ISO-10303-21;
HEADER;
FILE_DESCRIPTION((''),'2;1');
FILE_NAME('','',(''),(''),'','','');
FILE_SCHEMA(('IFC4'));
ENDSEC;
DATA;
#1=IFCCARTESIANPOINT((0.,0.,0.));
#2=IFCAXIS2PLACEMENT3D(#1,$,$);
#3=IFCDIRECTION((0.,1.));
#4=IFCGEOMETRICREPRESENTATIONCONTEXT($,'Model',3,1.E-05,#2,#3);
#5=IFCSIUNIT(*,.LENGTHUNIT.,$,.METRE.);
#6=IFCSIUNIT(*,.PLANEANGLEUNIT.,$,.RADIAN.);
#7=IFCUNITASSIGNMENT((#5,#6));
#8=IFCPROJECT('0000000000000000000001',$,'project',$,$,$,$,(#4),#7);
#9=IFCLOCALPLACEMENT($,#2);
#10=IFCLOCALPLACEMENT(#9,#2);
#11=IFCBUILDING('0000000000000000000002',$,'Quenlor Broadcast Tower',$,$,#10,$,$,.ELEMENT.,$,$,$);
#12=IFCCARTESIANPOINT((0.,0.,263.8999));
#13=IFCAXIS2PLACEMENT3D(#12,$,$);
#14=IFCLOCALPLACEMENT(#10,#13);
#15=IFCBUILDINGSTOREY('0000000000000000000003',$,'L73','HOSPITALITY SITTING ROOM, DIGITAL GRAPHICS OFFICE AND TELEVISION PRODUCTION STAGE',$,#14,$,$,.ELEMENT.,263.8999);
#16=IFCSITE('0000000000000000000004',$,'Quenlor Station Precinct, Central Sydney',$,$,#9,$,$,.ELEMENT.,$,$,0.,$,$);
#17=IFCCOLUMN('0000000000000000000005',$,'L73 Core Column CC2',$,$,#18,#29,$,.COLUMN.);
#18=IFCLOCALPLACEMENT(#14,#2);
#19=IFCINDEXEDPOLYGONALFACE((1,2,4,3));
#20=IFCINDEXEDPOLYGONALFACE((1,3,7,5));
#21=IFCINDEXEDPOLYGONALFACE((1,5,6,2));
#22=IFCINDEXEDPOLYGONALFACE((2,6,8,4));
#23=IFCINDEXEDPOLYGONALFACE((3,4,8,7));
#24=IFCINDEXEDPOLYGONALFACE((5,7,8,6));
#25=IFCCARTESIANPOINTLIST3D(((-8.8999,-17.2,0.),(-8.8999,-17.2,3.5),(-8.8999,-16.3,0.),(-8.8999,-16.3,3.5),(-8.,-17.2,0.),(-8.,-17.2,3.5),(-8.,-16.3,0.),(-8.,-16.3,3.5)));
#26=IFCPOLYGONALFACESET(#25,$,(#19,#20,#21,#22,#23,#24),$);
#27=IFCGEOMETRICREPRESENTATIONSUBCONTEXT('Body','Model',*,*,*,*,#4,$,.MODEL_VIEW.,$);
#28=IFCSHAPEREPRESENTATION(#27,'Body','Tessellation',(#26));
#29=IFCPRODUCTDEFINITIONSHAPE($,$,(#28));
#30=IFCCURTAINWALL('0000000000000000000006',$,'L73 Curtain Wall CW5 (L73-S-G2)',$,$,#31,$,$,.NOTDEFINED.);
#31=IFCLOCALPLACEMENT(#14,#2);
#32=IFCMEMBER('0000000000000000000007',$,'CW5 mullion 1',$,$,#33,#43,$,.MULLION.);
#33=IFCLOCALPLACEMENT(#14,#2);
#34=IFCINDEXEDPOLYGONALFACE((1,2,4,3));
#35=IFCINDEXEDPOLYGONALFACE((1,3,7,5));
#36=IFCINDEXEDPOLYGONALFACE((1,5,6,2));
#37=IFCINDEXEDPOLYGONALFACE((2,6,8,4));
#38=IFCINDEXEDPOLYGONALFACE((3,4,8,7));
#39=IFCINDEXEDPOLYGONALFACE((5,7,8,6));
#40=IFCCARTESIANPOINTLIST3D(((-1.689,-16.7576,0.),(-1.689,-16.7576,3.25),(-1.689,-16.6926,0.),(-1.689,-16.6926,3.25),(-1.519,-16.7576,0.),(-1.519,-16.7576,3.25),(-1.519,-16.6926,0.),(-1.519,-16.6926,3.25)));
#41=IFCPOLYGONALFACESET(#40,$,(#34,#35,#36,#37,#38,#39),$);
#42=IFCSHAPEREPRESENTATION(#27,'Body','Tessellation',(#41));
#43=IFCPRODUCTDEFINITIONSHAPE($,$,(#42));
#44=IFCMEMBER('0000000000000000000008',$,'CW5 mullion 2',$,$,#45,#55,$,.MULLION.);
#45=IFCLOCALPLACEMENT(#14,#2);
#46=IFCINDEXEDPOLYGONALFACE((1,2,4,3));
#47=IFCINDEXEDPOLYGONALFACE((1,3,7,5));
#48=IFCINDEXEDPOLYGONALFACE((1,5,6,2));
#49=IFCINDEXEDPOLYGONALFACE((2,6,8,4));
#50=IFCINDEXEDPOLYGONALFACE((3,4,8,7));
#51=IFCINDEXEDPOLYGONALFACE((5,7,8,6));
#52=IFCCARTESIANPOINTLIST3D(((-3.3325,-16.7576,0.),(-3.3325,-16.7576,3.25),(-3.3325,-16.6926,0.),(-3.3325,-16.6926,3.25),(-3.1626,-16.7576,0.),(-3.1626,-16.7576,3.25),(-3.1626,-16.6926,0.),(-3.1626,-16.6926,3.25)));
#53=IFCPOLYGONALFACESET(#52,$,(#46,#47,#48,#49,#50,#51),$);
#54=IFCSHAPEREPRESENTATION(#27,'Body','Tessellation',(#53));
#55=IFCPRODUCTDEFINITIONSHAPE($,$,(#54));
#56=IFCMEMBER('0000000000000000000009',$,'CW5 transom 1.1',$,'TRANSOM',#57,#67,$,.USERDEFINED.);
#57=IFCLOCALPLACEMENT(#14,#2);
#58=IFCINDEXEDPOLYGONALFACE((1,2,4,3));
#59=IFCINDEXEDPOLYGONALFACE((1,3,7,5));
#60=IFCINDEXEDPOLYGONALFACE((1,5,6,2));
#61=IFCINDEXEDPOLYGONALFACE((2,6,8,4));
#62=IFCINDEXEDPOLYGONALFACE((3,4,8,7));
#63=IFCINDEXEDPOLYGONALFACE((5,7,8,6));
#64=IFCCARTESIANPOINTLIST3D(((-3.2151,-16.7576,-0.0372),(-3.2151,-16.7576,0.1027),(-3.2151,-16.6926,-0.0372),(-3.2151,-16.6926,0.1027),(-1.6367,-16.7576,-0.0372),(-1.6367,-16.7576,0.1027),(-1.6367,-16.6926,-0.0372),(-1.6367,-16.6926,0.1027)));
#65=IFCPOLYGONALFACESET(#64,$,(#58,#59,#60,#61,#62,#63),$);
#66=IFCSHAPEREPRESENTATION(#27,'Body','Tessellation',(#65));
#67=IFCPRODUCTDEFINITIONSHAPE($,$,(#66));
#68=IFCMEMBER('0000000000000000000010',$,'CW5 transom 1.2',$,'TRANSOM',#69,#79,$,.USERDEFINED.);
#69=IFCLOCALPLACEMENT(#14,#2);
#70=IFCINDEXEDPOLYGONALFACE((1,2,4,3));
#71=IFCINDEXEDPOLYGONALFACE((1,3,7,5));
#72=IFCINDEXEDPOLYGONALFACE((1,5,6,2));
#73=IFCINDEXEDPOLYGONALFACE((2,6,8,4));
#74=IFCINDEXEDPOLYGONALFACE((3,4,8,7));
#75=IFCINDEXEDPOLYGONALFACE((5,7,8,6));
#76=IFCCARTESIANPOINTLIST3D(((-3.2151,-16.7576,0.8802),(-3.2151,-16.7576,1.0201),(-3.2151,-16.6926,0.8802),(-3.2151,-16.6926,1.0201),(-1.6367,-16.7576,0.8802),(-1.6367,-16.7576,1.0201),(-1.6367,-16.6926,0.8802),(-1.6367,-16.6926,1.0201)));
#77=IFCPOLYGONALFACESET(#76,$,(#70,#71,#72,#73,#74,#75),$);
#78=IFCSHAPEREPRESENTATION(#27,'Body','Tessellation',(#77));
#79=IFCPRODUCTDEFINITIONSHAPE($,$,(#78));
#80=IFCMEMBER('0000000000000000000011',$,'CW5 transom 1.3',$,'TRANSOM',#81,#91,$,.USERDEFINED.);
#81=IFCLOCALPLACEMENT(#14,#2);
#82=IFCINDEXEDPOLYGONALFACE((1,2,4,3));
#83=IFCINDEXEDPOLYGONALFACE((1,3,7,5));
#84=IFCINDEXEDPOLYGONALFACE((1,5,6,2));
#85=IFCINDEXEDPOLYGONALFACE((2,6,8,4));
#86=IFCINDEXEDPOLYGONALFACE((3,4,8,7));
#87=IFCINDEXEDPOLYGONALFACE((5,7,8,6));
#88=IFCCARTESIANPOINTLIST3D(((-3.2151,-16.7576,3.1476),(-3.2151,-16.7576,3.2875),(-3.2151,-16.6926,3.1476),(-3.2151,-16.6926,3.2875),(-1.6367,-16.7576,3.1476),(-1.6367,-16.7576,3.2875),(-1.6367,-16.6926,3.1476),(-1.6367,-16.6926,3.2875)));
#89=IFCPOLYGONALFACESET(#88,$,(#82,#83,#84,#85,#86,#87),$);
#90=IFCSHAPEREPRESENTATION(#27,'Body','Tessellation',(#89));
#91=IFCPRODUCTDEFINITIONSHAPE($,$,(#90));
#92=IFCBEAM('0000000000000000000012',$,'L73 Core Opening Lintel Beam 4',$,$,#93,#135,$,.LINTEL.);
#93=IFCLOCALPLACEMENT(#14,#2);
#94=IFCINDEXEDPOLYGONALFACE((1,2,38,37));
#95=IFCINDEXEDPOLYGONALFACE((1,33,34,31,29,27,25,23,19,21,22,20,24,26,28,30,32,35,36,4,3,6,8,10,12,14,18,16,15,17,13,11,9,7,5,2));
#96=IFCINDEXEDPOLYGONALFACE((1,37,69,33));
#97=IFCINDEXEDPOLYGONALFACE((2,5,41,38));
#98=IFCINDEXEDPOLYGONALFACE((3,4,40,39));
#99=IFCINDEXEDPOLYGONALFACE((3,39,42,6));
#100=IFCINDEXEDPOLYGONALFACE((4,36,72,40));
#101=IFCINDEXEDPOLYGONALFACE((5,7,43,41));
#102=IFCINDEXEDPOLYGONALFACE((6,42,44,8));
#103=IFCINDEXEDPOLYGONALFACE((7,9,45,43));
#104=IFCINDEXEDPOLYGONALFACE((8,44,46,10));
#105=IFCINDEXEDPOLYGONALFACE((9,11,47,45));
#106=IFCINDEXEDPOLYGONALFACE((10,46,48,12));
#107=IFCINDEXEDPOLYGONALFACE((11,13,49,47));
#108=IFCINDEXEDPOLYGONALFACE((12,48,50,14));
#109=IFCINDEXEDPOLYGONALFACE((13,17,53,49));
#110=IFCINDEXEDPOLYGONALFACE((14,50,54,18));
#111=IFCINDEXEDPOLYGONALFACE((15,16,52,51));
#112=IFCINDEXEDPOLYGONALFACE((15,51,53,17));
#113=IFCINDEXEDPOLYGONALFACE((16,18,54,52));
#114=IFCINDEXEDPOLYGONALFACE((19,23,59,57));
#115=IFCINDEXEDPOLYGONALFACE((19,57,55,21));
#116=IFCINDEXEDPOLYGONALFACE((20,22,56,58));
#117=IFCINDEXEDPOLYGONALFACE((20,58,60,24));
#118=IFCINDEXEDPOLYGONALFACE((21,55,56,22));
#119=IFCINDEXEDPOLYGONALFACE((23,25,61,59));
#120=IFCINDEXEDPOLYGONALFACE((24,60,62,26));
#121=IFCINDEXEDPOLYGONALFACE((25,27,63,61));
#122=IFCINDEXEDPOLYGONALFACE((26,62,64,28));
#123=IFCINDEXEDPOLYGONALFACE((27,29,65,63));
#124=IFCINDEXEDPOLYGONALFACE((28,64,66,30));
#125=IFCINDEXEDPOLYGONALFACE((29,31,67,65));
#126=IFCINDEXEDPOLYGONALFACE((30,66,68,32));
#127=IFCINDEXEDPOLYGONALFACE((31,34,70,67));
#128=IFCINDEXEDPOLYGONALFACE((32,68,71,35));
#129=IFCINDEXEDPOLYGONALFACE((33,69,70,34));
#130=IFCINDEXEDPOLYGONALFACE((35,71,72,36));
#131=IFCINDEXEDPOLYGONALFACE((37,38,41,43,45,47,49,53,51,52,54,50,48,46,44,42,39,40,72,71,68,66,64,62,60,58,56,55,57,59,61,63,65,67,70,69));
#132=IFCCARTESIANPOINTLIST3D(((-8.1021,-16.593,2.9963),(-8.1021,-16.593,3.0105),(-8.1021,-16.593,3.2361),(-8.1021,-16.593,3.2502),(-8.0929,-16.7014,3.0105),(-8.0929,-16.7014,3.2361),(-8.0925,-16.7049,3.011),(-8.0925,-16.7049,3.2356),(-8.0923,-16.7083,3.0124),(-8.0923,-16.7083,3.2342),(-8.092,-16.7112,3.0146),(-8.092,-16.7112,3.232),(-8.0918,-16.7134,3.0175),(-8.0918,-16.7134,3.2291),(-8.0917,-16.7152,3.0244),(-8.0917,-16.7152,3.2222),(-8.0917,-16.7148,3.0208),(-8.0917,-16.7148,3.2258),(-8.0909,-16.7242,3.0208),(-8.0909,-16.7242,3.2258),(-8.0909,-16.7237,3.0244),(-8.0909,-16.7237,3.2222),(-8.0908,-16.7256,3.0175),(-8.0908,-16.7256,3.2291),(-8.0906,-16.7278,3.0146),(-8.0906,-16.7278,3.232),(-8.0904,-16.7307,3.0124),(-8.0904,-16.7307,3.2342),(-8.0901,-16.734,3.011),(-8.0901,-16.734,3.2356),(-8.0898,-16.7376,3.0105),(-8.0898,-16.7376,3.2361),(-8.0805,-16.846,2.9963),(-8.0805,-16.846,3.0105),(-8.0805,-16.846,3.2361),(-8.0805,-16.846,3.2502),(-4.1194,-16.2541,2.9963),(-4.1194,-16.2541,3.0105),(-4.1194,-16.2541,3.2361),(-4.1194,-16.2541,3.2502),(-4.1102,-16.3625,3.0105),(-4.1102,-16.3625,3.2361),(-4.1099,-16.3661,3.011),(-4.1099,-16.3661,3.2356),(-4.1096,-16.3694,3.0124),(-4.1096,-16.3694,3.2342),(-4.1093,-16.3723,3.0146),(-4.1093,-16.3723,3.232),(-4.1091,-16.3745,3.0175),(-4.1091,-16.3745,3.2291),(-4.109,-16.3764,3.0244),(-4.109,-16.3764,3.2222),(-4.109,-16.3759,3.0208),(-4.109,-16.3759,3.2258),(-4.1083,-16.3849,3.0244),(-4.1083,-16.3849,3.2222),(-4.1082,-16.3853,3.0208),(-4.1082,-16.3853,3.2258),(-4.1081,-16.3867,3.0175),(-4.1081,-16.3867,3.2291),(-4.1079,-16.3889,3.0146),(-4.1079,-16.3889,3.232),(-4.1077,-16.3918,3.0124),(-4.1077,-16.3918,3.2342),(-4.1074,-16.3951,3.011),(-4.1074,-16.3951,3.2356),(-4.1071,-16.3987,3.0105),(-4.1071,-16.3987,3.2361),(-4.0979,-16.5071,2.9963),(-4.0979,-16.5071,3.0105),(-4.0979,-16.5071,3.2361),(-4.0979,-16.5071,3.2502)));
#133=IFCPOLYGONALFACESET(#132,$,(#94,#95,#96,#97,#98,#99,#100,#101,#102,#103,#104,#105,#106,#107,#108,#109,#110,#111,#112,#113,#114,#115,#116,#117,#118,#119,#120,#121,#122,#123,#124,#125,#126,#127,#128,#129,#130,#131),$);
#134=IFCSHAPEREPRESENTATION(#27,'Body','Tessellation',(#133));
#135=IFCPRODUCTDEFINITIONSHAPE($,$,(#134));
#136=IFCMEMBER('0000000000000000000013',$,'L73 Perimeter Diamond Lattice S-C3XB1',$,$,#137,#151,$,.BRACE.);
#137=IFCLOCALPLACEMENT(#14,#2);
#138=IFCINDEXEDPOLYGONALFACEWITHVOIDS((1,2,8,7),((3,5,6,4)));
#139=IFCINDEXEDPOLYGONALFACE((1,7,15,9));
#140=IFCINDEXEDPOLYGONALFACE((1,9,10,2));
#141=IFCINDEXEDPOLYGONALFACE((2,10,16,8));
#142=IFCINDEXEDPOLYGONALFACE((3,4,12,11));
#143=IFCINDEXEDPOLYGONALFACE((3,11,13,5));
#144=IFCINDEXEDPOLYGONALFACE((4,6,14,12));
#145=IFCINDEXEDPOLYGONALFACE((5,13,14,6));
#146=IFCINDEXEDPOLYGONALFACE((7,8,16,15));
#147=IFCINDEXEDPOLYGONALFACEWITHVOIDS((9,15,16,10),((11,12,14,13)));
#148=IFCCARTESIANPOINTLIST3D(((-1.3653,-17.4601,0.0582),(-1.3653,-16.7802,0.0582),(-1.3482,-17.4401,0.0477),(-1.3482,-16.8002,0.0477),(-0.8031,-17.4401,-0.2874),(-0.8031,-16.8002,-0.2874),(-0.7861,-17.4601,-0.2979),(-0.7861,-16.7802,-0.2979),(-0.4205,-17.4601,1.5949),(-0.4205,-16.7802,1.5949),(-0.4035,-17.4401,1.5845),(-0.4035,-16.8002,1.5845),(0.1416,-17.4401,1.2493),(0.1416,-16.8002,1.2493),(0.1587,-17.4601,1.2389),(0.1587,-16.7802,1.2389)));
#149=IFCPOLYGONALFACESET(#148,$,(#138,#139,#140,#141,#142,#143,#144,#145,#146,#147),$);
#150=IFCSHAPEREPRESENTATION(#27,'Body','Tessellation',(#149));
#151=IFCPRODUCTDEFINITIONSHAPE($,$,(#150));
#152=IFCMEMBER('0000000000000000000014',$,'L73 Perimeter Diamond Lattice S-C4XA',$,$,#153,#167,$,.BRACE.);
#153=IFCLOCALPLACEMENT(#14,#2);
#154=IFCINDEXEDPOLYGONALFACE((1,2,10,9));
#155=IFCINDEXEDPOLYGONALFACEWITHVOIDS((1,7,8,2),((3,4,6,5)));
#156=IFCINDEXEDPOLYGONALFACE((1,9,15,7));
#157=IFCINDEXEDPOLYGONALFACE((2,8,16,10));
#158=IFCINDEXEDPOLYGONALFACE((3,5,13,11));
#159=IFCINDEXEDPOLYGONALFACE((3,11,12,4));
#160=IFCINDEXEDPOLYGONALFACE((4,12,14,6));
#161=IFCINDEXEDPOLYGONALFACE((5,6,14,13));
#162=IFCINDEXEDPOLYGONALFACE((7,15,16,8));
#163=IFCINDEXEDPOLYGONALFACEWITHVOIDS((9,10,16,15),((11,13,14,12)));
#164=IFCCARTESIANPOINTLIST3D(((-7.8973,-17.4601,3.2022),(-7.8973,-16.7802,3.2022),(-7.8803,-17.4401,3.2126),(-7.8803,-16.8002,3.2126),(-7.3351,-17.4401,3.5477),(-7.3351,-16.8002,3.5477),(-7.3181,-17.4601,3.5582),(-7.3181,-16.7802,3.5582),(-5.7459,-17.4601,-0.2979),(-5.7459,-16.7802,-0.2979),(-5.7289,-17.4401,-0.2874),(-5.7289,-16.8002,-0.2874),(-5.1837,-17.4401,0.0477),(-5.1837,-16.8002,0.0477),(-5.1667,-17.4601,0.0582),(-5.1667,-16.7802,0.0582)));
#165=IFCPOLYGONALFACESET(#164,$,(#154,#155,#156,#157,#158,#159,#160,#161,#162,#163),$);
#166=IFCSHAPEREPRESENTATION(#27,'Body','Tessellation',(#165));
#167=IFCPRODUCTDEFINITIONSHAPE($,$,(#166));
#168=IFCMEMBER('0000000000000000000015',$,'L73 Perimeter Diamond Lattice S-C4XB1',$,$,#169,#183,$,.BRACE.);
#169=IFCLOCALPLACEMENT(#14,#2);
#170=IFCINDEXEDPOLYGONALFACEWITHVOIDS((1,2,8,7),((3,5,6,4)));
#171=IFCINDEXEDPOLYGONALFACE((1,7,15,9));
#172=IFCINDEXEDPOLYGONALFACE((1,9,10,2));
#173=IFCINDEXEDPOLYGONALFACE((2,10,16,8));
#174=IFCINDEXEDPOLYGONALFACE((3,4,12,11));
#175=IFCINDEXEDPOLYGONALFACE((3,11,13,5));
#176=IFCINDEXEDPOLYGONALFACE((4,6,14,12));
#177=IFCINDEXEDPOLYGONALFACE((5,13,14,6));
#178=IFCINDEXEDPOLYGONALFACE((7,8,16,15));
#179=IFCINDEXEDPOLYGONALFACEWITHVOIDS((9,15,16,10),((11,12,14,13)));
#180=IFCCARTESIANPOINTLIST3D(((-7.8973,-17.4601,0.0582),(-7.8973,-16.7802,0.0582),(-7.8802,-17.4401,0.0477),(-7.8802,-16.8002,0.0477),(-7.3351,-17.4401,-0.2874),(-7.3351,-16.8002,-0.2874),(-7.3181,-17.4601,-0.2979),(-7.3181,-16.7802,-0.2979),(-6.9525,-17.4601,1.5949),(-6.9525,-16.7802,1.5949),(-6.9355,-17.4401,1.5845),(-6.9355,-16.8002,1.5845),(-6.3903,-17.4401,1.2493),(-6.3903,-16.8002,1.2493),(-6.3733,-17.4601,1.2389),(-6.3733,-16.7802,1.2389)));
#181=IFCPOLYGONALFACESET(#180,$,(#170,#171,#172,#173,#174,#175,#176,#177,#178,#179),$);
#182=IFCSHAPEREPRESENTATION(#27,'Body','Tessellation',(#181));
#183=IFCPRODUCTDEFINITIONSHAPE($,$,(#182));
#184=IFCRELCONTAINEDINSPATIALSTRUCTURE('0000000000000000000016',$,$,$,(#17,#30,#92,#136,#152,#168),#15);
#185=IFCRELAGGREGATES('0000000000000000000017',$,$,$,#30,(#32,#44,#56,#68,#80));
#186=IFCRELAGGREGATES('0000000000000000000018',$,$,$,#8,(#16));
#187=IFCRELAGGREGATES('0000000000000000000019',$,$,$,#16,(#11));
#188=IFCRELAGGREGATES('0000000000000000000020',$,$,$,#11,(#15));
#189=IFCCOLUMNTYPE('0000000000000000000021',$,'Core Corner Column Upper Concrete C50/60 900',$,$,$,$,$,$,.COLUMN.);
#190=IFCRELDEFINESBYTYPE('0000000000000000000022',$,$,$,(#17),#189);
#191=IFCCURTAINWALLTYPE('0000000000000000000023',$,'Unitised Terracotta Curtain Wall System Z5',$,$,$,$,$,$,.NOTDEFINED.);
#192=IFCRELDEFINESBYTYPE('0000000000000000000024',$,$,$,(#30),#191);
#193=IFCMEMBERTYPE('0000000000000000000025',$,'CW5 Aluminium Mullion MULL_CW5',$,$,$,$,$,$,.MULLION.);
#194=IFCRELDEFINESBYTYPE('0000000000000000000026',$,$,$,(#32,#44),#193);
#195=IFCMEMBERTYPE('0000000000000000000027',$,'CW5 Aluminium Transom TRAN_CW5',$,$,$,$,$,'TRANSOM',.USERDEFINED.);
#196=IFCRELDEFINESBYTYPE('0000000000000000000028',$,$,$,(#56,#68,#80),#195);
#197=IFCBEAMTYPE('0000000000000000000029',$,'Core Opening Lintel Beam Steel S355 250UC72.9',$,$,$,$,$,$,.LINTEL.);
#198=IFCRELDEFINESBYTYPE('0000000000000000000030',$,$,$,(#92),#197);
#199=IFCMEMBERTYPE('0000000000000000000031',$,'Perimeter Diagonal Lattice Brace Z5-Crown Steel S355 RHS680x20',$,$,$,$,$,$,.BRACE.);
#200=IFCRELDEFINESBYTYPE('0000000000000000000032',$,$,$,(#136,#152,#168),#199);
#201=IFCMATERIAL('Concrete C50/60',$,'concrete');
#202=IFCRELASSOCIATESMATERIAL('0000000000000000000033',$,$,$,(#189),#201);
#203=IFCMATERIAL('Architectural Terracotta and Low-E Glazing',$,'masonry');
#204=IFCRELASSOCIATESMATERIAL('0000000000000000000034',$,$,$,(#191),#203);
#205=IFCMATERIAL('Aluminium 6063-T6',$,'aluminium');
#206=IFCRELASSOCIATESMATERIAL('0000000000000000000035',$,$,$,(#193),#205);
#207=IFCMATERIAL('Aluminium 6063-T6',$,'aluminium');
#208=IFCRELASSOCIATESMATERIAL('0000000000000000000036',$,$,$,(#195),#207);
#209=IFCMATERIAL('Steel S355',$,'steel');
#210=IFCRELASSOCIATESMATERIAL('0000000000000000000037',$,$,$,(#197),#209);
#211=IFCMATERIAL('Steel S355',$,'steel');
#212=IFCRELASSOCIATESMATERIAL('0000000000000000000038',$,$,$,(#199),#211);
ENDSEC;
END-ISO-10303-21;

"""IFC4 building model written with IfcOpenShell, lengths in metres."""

from ifc_helpers import new_model, si_unit, direction, frame, origin, origin_2d, place, context, subcontext, project, spatial, rectangle, hollow_rectangle, i_section, extrude, material, material_profile, profile_set, type_object, element, aggregate, save


model = new_model("IFC4")

# Units and contexts
model_context = context("Model", 3, precision=1e-05, world=origin(), true_north=direction((0.0, 1.0)))
body_context = subcontext(model_context, "Body", "Model", "MODEL_VIEW")
ifc_project = project(units=[si_unit("LENGTHUNIT", "METRE"), si_unit("PLANEANGLEUNIT", "RADIAN")], contexts=[model_context])

# Site, building, storey
site_placement = place(None, origin())
site = spatial("IfcSite", under=ifc_project, at=site_placement, Name="Quenlor Station Precinct, Central Sydney", CompositionType="ELEMENT", RefElevation=0.0)
building_placement = place(site_placement, origin())
building = spatial("IfcBuilding", under=site, at=building_placement, Name="Quenlor Broadcast Tower", CompositionType="ELEMENT")
storey_placement = place(building_placement, frame((0.0, 0.0, 263.8999)))
storey = spatial("IfcBuildingStorey", under=building, at=storey_placement, Name="L73", Description="HOSPITALITY SITTING ROOM, DIGITAL GRAPHICS OFFICE AND TELEVISION PRODUCTION STAGE", CompositionType="ELEMENT", Elevation=263.8999)

# Column
ifc_material_1 = material(Name="Concrete C50/60", Category="concrete")
ifc_material_profile_1 = material_profile(ifc_material_1, rectangle(XDim=0.8999, YDim=0.8999, at=origin_2d()))
ifc_profile_set_1 = profile_set([ifc_material_profile_1], Name="Concrete C50/60 RC900x900")
column_type = type_object("IfcColumnType", Name="Core Corner Column Upper Concrete C50/60 900", PredefinedType="COLUMN", material=ifc_profile_set_1)
column_placement = place(storey_placement, frame((-8.45, -16.75, 0.0), z_axis=(0.0, 0.0, 1.0), x_axis=(1.0, 0.0, 0.0)))
element("IfcColumn", 1, at=column_placement, inside=storey, type_object=column_type, Name="L73 Core Column CC2", PredefinedType="COLUMN", context=body_context, shape_type="SweptSolid", body=[
    extrude(rectangle(XDim=0.8999, YDim=0.8999, at=origin_2d()), origin(), (0.0, 0.0, 1.0), 3.5),
])

# Curtain wall, members
ifc_material_2 = material(Name="Architectural Terracotta and Low-E Glazing", Category="masonry")
curtain_wall_type = type_object("IfcCurtainWallType", Name="Unitised Terracotta Curtain Wall System Z5", PredefinedType="NOTDEFINED", material=ifc_material_2)
curtain_wall_placement = place(storey_placement, origin())
curtain_wall = element("IfcCurtainWall", 2, at=curtain_wall_placement, inside=storey, type_object=curtain_wall_type, Name="L73 Curtain Wall CW5 (L73-S-G2)", PredefinedType="NOTDEFINED")
ifc_material_3 = material(Name="Aluminium 6063-T6", Category="aluminium")
ifc_material_profile_2 = material_profile(ifc_material_3, rectangle(XDim=0.0649, YDim=0.1699, at=origin_2d()))
ifc_profile_set_2 = profile_set([ifc_material_profile_2], Name="Aluminium 6063-T6 MULL65x170")
member_type_1 = type_object("IfcMemberType", Name="CW5 Aluminium Mullion MULL_CW5", PredefinedType="MULLION", material=ifc_profile_set_2)
member_1_placement = place(storey_placement, frame((-1.604, -16.7251, 0.0), z_axis=(0.0, 0.0, 1.0), x_axis=(0.0, -1.0, 0.0)))
member_1 = element("IfcMember", 3, at=member_1_placement, type_object=member_type_1, Name="CW5 mullion 1", PredefinedType="MULLION", context=body_context, shape_type="SweptSolid", body=[
    extrude(rectangle(XDim=0.0649, YDim=0.1699, at=origin_2d()), origin(), (0.0, 0.0, 1.0), 3.25),
])
member_2_placement = place(storey_placement, frame((-3.2476, -16.7251, 0.0), z_axis=(0.0, 0.0, 1.0), x_axis=(0.0, -1.0, 0.0)))
member_2 = element("IfcMember", 4, at=member_2_placement, type_object=member_type_1, Name="CW5 mullion 2", PredefinedType="MULLION", context=body_context, shape_type="SweptSolid", body=[
    extrude(rectangle(XDim=0.0649, YDim=0.1699, at=origin_2d()), origin(), (0.0, 0.0, 1.0), 3.25),
])
ifc_material_4 = material(Name="Aluminium 6063-T6", Category="aluminium")
ifc_material_profile_3 = material_profile(ifc_material_4, rectangle(XDim=0.0649, YDim=0.1399, at=origin_2d()))
ifc_profile_set_3 = profile_set([ifc_material_profile_3], Name="Aluminium 6063-T6 TRAN65x140")
member_type_2 = type_object("IfcMemberType", Name="CW5 Aluminium Transom TRAN_CW5", ElementType="TRANSOM", PredefinedType="USERDEFINED", material=ifc_profile_set_3)
member_3_placement = place(storey_placement, frame((-1.6367, -16.7251, 0.0327), z_axis=(-1.0, 0.0, 0.0), x_axis=(0.0, -1.0, 0.0)))
member_3 = element("IfcMember", 5, at=member_3_placement, type_object=member_type_2, Name="CW5 transom 1.1", ObjectType="TRANSOM", PredefinedType="USERDEFINED", context=body_context, shape_type="SweptSolid", body=[
    extrude(rectangle(XDim=0.0649, YDim=0.1399, at=origin_2d()), origin(), (0.0, 0.0, 1.0), 1.5784),
])
member_4_placement = place(storey_placement, frame((-1.6367, -16.7251, 0.9502), z_axis=(-1.0, 0.0, 0.0), x_axis=(0.0, -1.0, 0.0)))
member_4 = element("IfcMember", 6, at=member_4_placement, type_object=member_type_2, Name="CW5 transom 1.2", ObjectType="TRANSOM", PredefinedType="USERDEFINED", context=body_context, shape_type="SweptSolid", body=[
    extrude(rectangle(XDim=0.0649, YDim=0.1399, at=origin_2d()), origin(), (0.0, 0.0, 1.0), 1.5784),
])
member_5_placement = place(storey_placement, frame((-1.6367, -16.7251, 3.2175), z_axis=(-1.0, 0.0, 0.0), x_axis=(0.0, -1.0, 0.0)))
member_5 = element("IfcMember", 7, at=member_5_placement, type_object=member_type_2, Name="CW5 transom 1.3", ObjectType="TRANSOM", PredefinedType="USERDEFINED", context=body_context, shape_type="SweptSolid", body=[
    extrude(rectangle(XDim=0.0649, YDim=0.1399, at=origin_2d()), origin(), (0.0, 0.0, 1.0), 1.5784),
])

# Beam
ifc_material_5 = material(Name="Steel S355", Category="steel")
ifc_material_profile_4 = material_profile(ifc_material_5, i_section(OverallWidth=0.2539, OverallDepth=0.2539, WebThickness=0.0085, FlangeThickness=0.0142, FilletRadius=0.0139, at=origin_2d()))
ifc_profile_set_4 = profile_set([ifc_material_profile_4], Name="Steel S355 250UC72.9")
beam_type = type_object("IfcBeamType", Name="Core Opening Lintel Beam Steel S355 250UC72.9", PredefinedType="LINTEL", material=ifc_profile_set_4)
beam_placement = place(storey_placement, frame((-8.0913, -16.7195, 3.1233), z_axis=(0.9964, 0.084779, 0.0), x_axis=(-0.084779, 0.9964, 0.0)))
element("IfcBeam", 8, at=beam_placement, inside=storey, type_object=beam_type, Name="L73 Core Opening Lintel Beam 4", PredefinedType="LINTEL", context=body_context, shape_type="SweptSolid", body=[
    extrude(i_section(OverallWidth=0.2539, OverallDepth=0.2539, WebThickness=0.0085, FlangeThickness=0.0142, FilletRadius=0.0139, at=origin_2d()), origin(), (0.0, 0.0, 1.0), 3.9971),
])

# Members
ifc_material_6 = material(Name="Steel S355", Category="steel")
ifc_material_profile_5 = material_profile(ifc_material_6, hollow_rectangle(XDim=0.6799, YDim=0.6799, WallThickness=0.02, at=origin_2d()))
ifc_profile_set_5 = profile_set([ifc_material_profile_5], Name="Steel S355 RHS680x680x20")
member_type_3 = type_object("IfcMemberType", Name="Perimeter Diagonal Lattice Brace Z5-Crown Steel S355 RHS680x20", PredefinedType="BRACE", material=ifc_profile_set_5)
member_6_placement = place(storey_placement, frame((-1.0757, -17.1201, -0.1199), z_axis=(0.52372, 0.0, 0.851891), x_axis=(0.0, 1.0, 0.0)))
element("IfcMember", 9, at=member_6_placement, inside=storey, type_object=member_type_3, Name="L73 Perimeter Diamond Lattice S-C3XB1", PredefinedType="BRACE", context=body_context, shape_type="SweptSolid", body=[
    extrude(hollow_rectangle(XDim=0.6799, YDim=0.6799, WallThickness=0.02, at=origin_2d()), origin(), (0.0, 0.0, 1.0), 1.804),
])
member_7_placement = place(storey_placement, frame((-5.4563, -17.1201, -0.1199), z_axis=(-0.52366, 0.0, 0.851928), x_axis=(0.0, -1.0, 0.0)))
element("IfcMember", 10, at=member_7_placement, inside=storey, type_object=member_type_3, Name="L73 Perimeter Diamond Lattice S-C4XA", PredefinedType="BRACE", context=body_context, shape_type="SweptSolid", body=[
    extrude(hollow_rectangle(XDim=0.6799, YDim=0.6799, WallThickness=0.02, at=origin_2d()), origin(), (0.0, 0.0, 1.0), 4.1084),
])
member_8_placement = place(storey_placement, frame((-7.6077, -17.1201, -0.1199), z_axis=(0.52372, 0.0, 0.851891), x_axis=(0.0, 1.0, 0.0)))
element("IfcMember", 11, at=member_8_placement, inside=storey, type_object=member_type_3, Name="L73 Perimeter Diamond Lattice S-C4XB1", PredefinedType="BRACE", context=body_context, shape_type="SweptSolid", body=[
    extrude(hollow_rectangle(XDim=0.6799, YDim=0.6799, WallThickness=0.02, at=origin_2d()), origin(), (0.0, 0.0, 1.0), 1.804),
])

aggregate(curtain_wall, [member_1, member_2, member_3, member_4, member_5])

save(model, "model.ifc")
